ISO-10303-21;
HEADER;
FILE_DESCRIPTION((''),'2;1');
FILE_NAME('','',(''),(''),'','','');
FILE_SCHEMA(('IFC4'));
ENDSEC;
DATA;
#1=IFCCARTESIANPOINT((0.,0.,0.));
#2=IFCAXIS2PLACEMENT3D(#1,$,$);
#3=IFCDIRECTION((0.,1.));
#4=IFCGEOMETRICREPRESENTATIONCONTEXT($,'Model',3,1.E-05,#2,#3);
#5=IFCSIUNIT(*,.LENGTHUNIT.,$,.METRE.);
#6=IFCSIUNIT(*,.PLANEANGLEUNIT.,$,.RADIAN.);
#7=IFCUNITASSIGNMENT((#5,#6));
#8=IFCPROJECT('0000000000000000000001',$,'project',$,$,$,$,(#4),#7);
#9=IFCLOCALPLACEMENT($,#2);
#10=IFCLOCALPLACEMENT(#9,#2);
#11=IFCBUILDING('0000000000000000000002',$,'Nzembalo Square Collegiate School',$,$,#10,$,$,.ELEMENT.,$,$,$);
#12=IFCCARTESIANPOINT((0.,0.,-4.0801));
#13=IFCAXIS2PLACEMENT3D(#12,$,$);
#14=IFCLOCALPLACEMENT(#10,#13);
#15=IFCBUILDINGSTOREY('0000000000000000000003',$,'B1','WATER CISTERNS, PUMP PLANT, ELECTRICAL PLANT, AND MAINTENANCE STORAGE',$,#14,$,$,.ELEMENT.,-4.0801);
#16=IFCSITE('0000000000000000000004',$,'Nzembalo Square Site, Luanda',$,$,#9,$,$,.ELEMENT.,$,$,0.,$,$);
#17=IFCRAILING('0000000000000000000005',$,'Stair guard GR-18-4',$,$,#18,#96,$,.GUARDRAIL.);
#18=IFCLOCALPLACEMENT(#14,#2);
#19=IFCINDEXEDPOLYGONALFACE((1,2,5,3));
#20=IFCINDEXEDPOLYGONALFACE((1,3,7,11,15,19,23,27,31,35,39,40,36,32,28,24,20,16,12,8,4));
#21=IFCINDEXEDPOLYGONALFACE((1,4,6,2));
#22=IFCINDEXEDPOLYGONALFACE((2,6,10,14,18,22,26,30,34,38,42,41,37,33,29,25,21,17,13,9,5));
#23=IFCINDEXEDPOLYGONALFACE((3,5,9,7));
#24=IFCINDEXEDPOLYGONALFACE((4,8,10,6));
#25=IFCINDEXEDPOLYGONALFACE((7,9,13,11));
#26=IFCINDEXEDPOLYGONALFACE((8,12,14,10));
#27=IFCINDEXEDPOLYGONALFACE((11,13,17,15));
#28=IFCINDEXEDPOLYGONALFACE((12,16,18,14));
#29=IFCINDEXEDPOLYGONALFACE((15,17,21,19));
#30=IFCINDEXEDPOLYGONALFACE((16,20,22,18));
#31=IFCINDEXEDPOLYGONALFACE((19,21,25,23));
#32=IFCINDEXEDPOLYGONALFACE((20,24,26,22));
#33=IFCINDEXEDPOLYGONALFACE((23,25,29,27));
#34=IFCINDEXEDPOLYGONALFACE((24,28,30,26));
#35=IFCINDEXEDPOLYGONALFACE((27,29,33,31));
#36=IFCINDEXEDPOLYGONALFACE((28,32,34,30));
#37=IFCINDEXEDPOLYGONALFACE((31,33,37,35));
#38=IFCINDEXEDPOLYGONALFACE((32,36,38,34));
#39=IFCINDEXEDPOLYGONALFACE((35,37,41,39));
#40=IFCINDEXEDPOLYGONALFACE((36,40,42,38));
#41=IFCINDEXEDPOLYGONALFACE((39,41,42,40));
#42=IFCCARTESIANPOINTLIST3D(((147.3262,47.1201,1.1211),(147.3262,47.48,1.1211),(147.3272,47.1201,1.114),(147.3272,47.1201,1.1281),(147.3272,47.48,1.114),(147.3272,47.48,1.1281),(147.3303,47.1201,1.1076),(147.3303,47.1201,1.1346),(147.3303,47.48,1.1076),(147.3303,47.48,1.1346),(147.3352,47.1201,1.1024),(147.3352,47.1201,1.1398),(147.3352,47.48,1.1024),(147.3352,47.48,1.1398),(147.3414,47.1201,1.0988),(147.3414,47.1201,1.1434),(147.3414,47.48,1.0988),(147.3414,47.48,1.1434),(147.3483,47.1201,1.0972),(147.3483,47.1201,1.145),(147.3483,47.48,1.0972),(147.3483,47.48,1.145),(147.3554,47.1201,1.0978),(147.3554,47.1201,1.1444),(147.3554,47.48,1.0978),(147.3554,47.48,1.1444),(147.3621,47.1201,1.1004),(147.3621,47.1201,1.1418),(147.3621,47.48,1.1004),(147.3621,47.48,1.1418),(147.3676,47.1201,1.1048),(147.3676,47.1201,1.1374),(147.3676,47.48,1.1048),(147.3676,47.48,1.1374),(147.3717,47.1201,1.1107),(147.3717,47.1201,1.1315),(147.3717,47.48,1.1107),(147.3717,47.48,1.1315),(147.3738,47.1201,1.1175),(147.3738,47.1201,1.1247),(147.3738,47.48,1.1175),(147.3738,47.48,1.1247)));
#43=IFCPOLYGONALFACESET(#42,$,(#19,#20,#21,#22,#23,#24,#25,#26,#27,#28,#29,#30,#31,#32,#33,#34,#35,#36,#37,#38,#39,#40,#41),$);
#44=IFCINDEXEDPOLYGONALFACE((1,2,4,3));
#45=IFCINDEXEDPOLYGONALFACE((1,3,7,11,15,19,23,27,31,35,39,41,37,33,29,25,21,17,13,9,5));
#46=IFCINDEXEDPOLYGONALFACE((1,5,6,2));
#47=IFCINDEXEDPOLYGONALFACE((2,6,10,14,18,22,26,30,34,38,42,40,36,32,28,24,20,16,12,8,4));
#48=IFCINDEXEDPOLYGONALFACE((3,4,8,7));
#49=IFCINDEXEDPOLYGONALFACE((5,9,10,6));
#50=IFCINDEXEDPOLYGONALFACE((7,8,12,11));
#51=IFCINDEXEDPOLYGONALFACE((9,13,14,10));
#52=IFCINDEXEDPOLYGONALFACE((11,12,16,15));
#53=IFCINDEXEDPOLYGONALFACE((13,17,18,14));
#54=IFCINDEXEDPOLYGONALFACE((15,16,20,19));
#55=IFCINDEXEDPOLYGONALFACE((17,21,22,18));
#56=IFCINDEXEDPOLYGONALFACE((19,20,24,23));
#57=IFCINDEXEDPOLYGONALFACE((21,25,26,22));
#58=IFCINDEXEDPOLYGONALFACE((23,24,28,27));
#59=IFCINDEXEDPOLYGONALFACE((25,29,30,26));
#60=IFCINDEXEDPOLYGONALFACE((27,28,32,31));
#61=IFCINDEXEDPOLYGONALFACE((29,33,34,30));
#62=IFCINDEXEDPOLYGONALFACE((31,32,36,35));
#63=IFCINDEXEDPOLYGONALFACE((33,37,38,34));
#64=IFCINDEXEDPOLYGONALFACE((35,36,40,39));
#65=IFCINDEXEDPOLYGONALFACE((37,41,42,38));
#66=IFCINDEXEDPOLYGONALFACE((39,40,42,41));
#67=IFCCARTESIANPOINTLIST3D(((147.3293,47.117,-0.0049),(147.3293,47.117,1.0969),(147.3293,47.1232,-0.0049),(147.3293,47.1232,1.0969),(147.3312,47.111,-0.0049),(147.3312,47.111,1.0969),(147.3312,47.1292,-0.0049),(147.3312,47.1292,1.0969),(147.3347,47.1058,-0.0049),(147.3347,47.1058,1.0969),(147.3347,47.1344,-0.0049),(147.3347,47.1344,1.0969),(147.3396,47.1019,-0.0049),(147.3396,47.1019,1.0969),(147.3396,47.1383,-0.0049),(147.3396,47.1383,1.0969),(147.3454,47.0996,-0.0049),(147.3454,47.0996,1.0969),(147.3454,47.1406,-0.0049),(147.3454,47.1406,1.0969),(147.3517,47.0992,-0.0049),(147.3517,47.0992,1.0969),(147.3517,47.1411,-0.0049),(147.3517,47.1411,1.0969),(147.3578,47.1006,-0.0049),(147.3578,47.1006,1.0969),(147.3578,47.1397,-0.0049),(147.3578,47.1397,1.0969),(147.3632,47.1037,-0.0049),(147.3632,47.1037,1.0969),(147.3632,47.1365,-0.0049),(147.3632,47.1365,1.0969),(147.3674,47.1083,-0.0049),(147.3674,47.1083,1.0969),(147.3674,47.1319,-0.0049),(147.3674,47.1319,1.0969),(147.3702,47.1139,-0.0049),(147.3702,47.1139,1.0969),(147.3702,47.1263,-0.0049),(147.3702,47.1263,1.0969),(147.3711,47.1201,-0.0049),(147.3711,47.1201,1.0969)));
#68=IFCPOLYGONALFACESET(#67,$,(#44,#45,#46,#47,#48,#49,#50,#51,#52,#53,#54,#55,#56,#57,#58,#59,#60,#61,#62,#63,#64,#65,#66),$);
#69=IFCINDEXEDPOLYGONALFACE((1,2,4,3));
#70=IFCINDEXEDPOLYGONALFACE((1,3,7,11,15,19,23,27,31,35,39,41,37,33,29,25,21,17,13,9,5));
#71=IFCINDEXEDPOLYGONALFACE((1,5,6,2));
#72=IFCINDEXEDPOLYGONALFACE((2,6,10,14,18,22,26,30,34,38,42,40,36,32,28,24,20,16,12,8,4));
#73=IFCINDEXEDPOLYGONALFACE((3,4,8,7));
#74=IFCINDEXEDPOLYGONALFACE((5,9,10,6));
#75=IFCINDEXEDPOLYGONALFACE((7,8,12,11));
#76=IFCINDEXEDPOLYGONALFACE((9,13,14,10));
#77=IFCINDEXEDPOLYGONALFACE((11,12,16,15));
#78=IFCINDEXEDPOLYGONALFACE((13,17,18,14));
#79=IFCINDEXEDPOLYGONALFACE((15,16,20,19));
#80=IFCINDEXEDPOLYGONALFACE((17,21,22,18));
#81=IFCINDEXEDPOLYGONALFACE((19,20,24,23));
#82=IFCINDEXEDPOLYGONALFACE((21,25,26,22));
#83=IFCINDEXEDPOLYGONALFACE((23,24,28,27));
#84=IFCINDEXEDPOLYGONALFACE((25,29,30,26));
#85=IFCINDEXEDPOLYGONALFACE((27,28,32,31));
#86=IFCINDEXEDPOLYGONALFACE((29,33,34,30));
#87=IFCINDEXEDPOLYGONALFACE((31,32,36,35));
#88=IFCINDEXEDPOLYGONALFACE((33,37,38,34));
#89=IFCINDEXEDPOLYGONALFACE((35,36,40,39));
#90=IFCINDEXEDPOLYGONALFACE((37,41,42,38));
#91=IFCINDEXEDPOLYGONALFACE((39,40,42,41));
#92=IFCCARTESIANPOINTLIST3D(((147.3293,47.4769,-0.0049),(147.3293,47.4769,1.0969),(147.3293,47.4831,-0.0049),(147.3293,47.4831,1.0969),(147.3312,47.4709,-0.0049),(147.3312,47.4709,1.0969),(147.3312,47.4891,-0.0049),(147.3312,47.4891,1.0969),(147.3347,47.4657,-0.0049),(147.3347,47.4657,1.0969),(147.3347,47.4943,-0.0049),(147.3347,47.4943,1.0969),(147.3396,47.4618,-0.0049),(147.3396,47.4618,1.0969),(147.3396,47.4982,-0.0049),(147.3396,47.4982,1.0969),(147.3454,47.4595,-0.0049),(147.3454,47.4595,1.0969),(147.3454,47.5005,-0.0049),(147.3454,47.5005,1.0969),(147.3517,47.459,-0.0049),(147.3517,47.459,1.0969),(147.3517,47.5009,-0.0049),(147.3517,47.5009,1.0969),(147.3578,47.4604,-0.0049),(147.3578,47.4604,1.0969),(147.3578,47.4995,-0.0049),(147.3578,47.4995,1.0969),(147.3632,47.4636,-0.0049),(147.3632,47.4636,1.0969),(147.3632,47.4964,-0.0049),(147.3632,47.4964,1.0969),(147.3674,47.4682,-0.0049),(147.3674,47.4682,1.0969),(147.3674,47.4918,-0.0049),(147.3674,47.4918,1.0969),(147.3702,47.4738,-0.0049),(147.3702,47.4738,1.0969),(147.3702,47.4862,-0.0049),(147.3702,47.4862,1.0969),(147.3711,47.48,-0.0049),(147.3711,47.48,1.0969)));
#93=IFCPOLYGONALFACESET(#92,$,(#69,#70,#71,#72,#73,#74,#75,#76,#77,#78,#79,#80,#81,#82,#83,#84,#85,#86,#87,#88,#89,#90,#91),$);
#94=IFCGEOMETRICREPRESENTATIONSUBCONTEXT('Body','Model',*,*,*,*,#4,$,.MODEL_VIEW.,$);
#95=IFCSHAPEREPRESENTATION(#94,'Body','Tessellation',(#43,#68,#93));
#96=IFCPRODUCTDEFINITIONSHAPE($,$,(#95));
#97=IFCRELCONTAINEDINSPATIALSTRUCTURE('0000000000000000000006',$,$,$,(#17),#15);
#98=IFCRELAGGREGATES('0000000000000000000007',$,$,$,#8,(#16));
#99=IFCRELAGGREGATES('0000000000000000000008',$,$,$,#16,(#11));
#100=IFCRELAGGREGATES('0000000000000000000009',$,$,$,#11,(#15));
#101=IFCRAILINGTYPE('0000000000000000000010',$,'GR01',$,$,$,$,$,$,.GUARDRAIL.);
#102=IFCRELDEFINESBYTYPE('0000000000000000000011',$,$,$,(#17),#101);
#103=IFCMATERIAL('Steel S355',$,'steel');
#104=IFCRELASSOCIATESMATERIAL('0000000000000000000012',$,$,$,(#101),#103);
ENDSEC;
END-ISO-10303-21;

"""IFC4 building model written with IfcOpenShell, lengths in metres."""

from ifc_helpers import new_model, si_unit, direction, frame, origin, origin_2d, place, context, subcontext, project, spatial, circle, extrude, material, type_object, element, save


model = new_model("IFC4")

# Units and contexts
model_context = context("Model", 3, precision=1e-05, world=origin(), true_north=direction((0.0, 1.0)))
body_context = subcontext(model_context, "Body", "Model", "MODEL_VIEW")
ifc_project = project(units=[si_unit("LENGTHUNIT", "METRE"), si_unit("PLANEANGLEUNIT", "RADIAN")], contexts=[model_context])

# Site, building, storey
site_placement = place(None, origin())
site = spatial("IfcSite", under=ifc_project, at=site_placement, Name="Nzembalo Square Site, Luanda", CompositionType="ELEMENT", RefElevation=0.0)
building_placement = place(site_placement, origin())
building = spatial("IfcBuilding", under=site, at=building_placement, Name="Nzembalo Square Collegiate School", CompositionType="ELEMENT")
storey_placement = place(building_placement, frame((0.0, 0.0, -4.0801)))
storey = spatial("IfcBuildingStorey", under=building, at=storey_placement, Name="B1", Description="WATER CISTERNS, PUMP PLANT, ELECTRICAL PLANT, AND MAINTENANCE STORAGE", CompositionType="ELEMENT", Elevation=-4.0801)

# Railing
ifc_material_1 = material(Name="Steel S355", Category="steel")
railing_type_1 = type_object("IfcRailingType", Name="GR01", PredefinedType="GUARDRAIL", material=ifc_material_1)
railing_1_placement = place(storey_placement, frame((147.3501, 47.1201, -0.0049)))
element("IfcRailing", 1, at=railing_1_placement, inside=storey, type_object=railing_type_1, Name="Stair guard GR-18-4", PredefinedType="GUARDRAIL", context=body_context, shape_type="SweptSolid", body=[
    extrude(circle(Radius=0.0239, at=origin_2d()), frame((0.0, 0.0, 1.126), z_axis=(0.0, 1.0, 0.0), x_axis=(-1.0, 0.0, 0.0)), (0.0, 0.0, 1.0), 0.3599),
    extrude(circle(Radius=0.021, at=origin_2d()), origin(), (0.0, 0.0, 1.0), 1.1018),
    extrude(circle(Radius=0.021, at=origin_2d()), frame((0.0, 0.3599, 0.0)), (0.0, 0.0, 1.0), 1.1018),
])

save(model, "model.ifc")
